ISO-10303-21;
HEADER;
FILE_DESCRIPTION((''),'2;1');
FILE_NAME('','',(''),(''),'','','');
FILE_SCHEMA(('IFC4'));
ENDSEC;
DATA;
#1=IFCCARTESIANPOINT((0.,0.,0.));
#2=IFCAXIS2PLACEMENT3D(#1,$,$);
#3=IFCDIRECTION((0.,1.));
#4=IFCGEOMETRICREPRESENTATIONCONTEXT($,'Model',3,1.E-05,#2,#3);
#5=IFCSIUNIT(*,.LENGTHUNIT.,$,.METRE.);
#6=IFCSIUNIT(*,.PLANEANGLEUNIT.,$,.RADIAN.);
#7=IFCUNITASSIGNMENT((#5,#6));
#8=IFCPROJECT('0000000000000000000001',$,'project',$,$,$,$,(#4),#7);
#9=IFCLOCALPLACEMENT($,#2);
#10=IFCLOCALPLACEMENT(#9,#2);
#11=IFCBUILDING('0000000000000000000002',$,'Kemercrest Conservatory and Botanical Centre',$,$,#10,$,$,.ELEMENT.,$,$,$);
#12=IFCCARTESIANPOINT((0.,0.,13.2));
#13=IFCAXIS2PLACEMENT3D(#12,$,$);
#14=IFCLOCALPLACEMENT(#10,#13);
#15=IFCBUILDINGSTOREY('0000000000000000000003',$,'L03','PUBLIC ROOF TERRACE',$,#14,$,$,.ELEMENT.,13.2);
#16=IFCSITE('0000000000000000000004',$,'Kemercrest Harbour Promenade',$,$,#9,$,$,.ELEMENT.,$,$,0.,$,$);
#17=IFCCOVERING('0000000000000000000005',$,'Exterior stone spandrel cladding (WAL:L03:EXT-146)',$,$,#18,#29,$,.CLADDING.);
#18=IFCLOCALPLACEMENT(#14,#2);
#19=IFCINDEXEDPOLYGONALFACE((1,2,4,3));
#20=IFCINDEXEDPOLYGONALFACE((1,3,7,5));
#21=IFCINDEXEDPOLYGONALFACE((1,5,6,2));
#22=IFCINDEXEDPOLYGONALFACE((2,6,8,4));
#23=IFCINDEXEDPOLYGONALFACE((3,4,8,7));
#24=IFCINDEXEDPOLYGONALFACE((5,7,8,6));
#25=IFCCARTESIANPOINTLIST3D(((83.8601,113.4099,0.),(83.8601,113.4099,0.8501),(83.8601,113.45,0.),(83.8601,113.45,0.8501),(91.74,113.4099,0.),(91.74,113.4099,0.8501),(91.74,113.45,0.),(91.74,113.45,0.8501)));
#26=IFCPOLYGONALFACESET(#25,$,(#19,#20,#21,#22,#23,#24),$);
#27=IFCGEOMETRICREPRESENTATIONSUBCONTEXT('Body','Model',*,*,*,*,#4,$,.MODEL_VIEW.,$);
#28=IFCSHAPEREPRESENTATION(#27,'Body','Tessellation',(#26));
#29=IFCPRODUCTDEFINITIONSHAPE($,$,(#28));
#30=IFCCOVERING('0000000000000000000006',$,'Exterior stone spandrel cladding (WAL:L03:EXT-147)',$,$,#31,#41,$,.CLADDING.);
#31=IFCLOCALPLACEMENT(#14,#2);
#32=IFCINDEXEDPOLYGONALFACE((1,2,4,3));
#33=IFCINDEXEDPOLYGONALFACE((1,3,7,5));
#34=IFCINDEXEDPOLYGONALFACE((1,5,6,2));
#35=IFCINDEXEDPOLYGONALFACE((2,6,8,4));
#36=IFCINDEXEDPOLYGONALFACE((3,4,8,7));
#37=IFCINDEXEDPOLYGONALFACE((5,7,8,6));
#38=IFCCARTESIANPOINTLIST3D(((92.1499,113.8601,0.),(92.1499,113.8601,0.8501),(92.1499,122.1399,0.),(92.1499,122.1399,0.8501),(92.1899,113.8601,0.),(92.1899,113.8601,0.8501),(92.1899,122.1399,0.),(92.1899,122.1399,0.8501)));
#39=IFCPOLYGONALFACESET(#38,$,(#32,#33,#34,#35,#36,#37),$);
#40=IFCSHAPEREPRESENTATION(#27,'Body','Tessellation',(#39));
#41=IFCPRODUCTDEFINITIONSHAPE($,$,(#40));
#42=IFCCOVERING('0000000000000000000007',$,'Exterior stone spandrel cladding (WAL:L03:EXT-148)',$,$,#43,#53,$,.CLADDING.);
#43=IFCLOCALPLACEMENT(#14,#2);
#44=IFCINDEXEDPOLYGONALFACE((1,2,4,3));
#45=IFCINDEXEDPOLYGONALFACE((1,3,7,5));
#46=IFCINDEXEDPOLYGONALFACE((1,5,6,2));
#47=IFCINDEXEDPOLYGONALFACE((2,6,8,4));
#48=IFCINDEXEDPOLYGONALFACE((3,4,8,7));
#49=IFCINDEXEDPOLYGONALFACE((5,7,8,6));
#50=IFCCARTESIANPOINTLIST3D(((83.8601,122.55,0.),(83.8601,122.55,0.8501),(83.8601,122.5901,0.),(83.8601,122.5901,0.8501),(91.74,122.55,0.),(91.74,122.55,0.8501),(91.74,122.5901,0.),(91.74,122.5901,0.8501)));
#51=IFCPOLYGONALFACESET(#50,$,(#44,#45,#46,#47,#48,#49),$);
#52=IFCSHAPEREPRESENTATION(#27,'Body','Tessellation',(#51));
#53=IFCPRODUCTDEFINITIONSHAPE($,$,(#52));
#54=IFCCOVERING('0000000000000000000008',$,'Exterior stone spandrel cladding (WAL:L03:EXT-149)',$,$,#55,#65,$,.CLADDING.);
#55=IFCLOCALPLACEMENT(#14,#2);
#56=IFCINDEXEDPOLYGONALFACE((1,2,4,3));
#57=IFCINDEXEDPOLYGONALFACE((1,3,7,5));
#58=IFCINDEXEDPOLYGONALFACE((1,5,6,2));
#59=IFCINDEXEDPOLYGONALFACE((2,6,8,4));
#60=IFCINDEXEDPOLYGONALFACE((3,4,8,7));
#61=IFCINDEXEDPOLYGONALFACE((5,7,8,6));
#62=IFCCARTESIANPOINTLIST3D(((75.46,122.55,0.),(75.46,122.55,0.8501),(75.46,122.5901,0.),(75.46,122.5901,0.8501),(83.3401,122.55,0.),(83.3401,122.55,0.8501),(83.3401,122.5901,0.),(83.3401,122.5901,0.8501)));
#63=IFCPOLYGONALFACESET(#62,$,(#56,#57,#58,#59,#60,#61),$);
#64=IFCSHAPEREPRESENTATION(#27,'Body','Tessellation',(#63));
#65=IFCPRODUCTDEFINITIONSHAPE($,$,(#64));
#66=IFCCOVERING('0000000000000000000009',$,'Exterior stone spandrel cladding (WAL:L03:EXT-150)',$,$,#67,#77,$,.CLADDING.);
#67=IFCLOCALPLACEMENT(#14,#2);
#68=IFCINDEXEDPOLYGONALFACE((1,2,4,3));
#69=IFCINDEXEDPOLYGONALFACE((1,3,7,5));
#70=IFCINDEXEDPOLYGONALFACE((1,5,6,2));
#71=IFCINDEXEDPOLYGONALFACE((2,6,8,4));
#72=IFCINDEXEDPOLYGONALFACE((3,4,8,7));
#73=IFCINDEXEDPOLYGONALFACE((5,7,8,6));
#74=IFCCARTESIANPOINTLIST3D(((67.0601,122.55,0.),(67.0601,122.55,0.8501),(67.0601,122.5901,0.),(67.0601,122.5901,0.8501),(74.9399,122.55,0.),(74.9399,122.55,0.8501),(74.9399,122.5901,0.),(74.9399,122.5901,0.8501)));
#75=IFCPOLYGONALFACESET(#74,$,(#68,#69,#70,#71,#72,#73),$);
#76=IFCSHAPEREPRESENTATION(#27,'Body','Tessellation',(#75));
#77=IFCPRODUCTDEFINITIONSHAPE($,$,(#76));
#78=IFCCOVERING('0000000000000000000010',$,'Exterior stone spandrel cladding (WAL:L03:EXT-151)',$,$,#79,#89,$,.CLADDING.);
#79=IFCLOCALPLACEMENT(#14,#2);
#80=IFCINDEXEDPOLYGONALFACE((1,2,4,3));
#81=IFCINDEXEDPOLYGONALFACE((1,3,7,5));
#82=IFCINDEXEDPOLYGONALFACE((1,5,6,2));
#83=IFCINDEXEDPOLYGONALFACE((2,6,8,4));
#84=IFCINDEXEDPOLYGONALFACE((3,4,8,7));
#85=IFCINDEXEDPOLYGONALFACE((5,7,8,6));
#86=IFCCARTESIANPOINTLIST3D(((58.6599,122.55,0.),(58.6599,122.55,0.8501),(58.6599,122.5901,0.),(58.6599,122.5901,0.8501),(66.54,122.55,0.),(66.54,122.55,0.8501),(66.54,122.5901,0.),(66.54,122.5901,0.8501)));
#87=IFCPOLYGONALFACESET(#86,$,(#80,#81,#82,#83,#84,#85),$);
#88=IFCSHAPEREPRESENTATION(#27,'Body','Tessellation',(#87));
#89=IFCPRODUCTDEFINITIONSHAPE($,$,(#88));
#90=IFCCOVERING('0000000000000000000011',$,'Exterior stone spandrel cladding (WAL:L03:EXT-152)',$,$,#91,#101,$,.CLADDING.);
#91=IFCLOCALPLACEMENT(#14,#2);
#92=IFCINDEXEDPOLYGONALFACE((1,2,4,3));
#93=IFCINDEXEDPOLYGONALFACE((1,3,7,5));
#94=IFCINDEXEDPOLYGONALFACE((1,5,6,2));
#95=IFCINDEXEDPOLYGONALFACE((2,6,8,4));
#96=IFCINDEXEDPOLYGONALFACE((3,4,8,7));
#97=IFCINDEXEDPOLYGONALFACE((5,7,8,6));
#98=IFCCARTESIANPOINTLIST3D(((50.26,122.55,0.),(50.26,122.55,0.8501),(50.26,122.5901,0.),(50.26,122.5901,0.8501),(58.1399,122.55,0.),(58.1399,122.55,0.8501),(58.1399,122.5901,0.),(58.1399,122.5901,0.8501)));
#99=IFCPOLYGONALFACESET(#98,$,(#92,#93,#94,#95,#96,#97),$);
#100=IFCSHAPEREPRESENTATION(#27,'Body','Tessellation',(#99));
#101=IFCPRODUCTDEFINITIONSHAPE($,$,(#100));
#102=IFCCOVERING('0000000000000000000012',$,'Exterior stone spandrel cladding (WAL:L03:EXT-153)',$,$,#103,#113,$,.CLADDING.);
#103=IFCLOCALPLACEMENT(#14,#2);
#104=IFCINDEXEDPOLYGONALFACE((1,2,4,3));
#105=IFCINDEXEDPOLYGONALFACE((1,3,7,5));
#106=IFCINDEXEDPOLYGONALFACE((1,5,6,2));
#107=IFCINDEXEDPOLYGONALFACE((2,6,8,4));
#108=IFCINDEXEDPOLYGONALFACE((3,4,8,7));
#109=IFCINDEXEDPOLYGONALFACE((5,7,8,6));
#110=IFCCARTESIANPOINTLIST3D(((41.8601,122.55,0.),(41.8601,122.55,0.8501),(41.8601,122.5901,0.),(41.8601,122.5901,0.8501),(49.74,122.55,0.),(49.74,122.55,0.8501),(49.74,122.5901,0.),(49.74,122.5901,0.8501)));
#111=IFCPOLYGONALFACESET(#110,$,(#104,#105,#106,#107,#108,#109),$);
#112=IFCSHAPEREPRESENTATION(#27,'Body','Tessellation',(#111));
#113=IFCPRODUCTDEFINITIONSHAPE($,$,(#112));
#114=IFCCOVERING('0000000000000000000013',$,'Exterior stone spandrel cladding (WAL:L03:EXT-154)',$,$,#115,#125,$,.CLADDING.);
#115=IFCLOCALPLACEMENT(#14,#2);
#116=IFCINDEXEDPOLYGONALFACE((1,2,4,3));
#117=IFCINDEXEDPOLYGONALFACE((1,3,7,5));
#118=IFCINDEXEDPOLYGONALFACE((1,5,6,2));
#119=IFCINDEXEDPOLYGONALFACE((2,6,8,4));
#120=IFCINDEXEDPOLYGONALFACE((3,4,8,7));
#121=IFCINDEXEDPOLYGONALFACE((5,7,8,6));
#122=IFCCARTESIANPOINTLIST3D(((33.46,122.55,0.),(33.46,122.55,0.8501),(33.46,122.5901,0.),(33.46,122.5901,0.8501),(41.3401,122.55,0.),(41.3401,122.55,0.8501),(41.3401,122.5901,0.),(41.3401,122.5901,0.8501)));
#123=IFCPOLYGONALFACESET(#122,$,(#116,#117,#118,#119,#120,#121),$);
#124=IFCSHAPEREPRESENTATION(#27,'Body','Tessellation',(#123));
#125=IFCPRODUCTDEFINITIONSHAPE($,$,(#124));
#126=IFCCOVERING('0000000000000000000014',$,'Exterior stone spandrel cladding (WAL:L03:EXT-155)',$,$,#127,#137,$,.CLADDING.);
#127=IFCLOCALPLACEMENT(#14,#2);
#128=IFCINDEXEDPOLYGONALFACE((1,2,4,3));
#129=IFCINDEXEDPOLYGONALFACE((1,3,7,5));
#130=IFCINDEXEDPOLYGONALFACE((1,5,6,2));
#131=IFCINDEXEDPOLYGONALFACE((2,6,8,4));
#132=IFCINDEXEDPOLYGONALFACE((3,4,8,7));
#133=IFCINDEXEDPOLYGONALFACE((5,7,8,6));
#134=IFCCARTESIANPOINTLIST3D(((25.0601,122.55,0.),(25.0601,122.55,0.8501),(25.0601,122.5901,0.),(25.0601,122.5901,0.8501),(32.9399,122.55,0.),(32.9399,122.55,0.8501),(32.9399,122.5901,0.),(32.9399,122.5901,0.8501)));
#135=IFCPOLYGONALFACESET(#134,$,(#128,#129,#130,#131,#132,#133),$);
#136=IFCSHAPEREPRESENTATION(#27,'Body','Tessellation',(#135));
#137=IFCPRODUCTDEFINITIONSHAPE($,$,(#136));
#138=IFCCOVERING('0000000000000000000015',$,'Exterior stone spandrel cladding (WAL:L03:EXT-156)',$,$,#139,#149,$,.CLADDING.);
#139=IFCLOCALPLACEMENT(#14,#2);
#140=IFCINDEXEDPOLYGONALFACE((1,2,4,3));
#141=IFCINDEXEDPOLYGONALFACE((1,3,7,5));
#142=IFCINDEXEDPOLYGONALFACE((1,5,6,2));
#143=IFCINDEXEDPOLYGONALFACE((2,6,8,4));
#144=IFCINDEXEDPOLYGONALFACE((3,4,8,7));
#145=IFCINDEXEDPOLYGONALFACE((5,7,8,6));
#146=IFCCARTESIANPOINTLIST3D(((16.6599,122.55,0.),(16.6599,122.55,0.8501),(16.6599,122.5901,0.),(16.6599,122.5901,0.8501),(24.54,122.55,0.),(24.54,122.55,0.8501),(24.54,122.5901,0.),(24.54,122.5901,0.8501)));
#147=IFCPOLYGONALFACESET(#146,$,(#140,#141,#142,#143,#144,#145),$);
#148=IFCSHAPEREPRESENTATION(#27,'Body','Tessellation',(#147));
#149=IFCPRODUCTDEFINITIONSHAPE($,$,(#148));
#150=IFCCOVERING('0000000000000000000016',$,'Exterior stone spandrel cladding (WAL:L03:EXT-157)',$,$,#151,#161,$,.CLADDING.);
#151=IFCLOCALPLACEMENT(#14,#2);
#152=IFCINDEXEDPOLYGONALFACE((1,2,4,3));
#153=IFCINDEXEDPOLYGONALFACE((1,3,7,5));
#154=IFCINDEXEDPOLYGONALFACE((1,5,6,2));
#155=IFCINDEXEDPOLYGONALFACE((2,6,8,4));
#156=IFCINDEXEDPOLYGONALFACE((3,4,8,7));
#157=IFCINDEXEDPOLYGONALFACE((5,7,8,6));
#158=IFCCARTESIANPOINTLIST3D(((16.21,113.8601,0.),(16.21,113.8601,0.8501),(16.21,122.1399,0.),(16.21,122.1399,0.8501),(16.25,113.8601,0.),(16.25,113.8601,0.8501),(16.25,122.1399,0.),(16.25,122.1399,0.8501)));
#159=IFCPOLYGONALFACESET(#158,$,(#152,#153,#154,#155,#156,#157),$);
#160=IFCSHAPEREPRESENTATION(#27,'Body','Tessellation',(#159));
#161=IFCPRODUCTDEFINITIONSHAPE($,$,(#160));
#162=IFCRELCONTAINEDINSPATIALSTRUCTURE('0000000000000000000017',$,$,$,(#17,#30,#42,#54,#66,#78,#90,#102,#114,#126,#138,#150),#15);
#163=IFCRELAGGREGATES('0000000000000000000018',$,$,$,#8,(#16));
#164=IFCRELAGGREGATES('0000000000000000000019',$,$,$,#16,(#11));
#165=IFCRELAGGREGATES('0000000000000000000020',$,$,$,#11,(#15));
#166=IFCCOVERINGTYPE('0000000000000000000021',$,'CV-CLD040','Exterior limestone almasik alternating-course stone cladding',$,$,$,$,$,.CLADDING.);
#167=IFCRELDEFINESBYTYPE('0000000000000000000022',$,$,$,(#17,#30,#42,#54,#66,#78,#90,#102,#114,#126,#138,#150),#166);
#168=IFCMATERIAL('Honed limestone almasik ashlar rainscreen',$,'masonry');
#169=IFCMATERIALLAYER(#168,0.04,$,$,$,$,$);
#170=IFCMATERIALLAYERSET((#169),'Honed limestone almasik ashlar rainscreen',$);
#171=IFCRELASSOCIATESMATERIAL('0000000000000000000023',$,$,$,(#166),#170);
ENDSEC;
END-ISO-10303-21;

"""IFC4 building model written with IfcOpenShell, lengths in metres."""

from ifc_helpers import new_model, si_unit, direction, frame, origin, place, context, subcontext, project, spatial, polyline, outline, extrude, material, layer, layer_set, type_object, element, save


model = new_model("IFC4")

# Units and contexts
model_context = context("Model", 3, precision=1e-05, world=origin(), true_north=direction((0.0, 1.0)))
body_context = subcontext(model_context, "Body", "Model", "MODEL_VIEW")
ifc_project = project(units=[si_unit("LENGTHUNIT", "METRE"), si_unit("PLANEANGLEUNIT", "RADIAN")], contexts=[model_context])

# Site, building, storey
site_placement = place(None, origin())
site = spatial("IfcSite", under=ifc_project, at=site_placement, Name="Kemercrest Harbour Promenade", CompositionType="ELEMENT", RefElevation=0.0)
building_placement = place(site_placement, origin())
building = spatial("IfcBuilding", under=site, at=building_placement, Name="Kemercrest Conservatory and Botanical Centre", CompositionType="ELEMENT")
storey_placement = place(building_placement, frame((0.0, 0.0, 13.2)))
storey = spatial("IfcBuildingStorey", under=building, at=storey_placement, Name="L03", Description="PUBLIC ROOF TERRACE", CompositionType="ELEMENT", Elevation=13.2)

# Coverings
ifc_material_1 = material(Name="Honed limestone almasik ashlar rainscreen", Category="masonry")
ifc_layer_1 = layer(ifc_material_1, 0.04)
ifc_layer_set_1 = layer_set([ifc_layer_1], Name="Honed limestone almasik ashlar rainscreen")
covering_type_1 = type_object("IfcCoveringType", Name="CV-CLD040", Description="Exterior limestone almasik alternating-course stone cladding", PredefinedType="CLADDING", material=ifc_layer_set_1)
covering_1_placement = place(storey_placement, origin())
element("IfcCovering", 1, at=covering_1_placement, inside=storey, type_object=covering_type_1, Name="Exterior stone spandrel cladding (WAL:L03:EXT-146)", PredefinedType="CLADDING", context=body_context, shape_type="SweptSolid", body=[
    extrude(outline(polyline([(83.8601, 113.45), (83.8601, 113.4099), (91.74, 113.4099), (91.74, 113.45), (83.8601, 113.45)])), origin(), (0.0, 0.0, 1.0), 0.8501),
])
covering_2_placement = place(storey_placement, origin())
element("IfcCovering", 2, at=covering_2_placement, inside=storey, type_object=covering_type_1, Name="Exterior stone spandrel cladding (WAL:L03:EXT-147)", PredefinedType="CLADDING", context=body_context, shape_type="SweptSolid", body=[
    extrude(outline(polyline([(92.1499, 113.8601), (92.1899, 113.8601), (92.1899, 122.1399), (92.1499, 122.1399), (92.1499, 113.8601)])), origin(), (0.0, 0.0, 1.0), 0.8501),
])
covering_3_placement = place(storey_placement, origin())
element("IfcCovering", 3, at=covering_3_placement, inside=storey, type_object=covering_type_1, Name="Exterior stone spandrel cladding (WAL:L03:EXT-148)", PredefinedType="CLADDING", context=body_context, shape_type="SweptSolid", body=[
    extrude(outline(polyline([(91.74, 122.55), (91.74, 122.5901), (83.8601, 122.5901), (83.8601, 122.55), (91.74, 122.55)])), origin(), (0.0, 0.0, 1.0), 0.8501),
])
covering_4_placement = place(storey_placement, origin())
element("IfcCovering", 4, at=covering_4_placement, inside=storey, type_object=covering_type_1, Name="Exterior stone spandrel cladding (WAL:L03:EXT-149)", PredefinedType="CLADDING", context=body_context, shape_type="SweptSolid", body=[
    extrude(outline(polyline([(83.3401, 122.55), (83.3401, 122.5901), (75.46, 122.5901), (75.46, 122.55), (83.3401, 122.55)])), origin(), (0.0, 0.0, 1.0), 0.8501),
])
covering_5_placement = place(storey_placement, origin())
element("IfcCovering", 5, at=covering_5_placement, inside=storey, type_object=covering_type_1, Name="Exterior stone spandrel cladding (WAL:L03:EXT-150)", PredefinedType="CLADDING", context=body_context, shape_type="SweptSolid", body=[
    extrude(outline(polyline([(74.9399, 122.55), (74.9399, 122.5901), (67.0601, 122.5901), (67.0601, 122.55), (74.9399, 122.55)])), origin(), (0.0, 0.0, 1.0), 0.8501),
])
covering_6_placement = place(storey_placement, origin())
element("IfcCovering", 6, at=covering_6_placement, inside=storey, type_object=covering_type_1, Name="Exterior stone spandrel cladding (WAL:L03:EXT-151)", PredefinedType="CLADDING", context=body_context, shape_type="SweptSolid", body=[
    extrude(outline(polyline([(66.54, 122.55), (66.54, 122.5901), (58.6599, 122.5901), (58.6599, 122.55), (66.54, 122.55)])), origin(), (0.0, 0.0, 1.0), 0.8501),
])
covering_7_placement = place(storey_placement, origin())
element("IfcCovering", 7, at=covering_7_placement, inside=storey, type_object=covering_type_1, Name="Exterior stone spandrel cladding (WAL:L03:EXT-152)", PredefinedType="CLADDING", context=body_context, shape_type="SweptSolid", body=[
    extrude(outline(polyline([(58.1399, 122.55), (58.1399, 122.5901), (50.26, 122.5901), (50.26, 122.55), (58.1399, 122.55)])), origin(), (0.0, 0.0, 1.0), 0.8501),
])
covering_8_placement = place(storey_placement, origin())
element("IfcCovering", 8, at=covering_8_placement, inside=storey, type_object=covering_type_1, Name="Exterior stone spandrel cladding (WAL:L03:EXT-153)", PredefinedType="CLADDING", context=body_context, shape_type="SweptSolid", body=[
    extrude(outline(polyline([(49.74, 122.55), (49.74, 122.5901), (41.8601, 122.5901), (41.8601, 122.55), (49.74, 122.55)])), origin(), (0.0, 0.0, 1.0), 0.8501),
])
covering_9_placement = place(storey_placement, origin())
element("IfcCovering", 9, at=covering_9_placement, inside=storey, type_object=covering_type_1, Name="Exterior stone spandrel cladding (WAL:L03:EXT-154)", PredefinedType="CLADDING", context=body_context, shape_type="SweptSolid", body=[
    extrude(outline(polyline([(41.3401, 122.55), (41.3401, 122.5901), (33.46, 122.5901), (33.46, 122.55), (41.3401, 122.55)])), origin(), (0.0, 0.0, 1.0), 0.8501),
])
covering_10_placement = place(storey_placement, origin())
element("IfcCovering", 10, at=covering_10_placement, inside=storey, type_object=covering_type_1, Name="Exterior stone spandrel cladding (WAL:L03:EXT-155)", PredefinedType="CLADDING", context=body_context, shape_type="SweptSolid", body=[
    extrude(outline(polyline([(32.9399, 122.55), (32.9399, 122.5901), (25.0601, 122.5901), (25.0601, 122.55), (32.9399, 122.55)])), origin(), (0.0, 0.0, 1.0), 0.8501),
])
covering_11_placement = place(storey_placement, origin())
element("IfcCovering", 11, at=covering_11_placement, inside=storey, type_object=covering_type_1, Name="Exterior stone spandrel cladding (WAL:L03:EXT-156)", PredefinedType="CLADDING", context=body_context, shape_type="SweptSolid", body=[
    extrude(outline(polyline([(24.54, 122.55), (24.54, 122.5901), (16.6599, 122.5901), (16.6599, 122.55), (24.54, 122.55)])), origin(), (0.0, 0.0, 1.0), 0.8501),
])
covering_12_placement = place(storey_placement, origin())
element("IfcCovering", 12, at=covering_12_placement, inside=storey, type_object=covering_type_1, Name="Exterior stone spandrel cladding (WAL:L03:EXT-157)", PredefinedType="CLADDING", context=body_context, shape_type="SweptSolid", body=[
    extrude(outline(polyline([(16.25, 122.1399), (16.21, 122.1399), (16.21, 113.8601), (16.25, 113.8601), (16.25, 122.1399)])), origin(), (0.0, 0.0, 1.0), 0.8501),
])

save(model, "model.ifc")
